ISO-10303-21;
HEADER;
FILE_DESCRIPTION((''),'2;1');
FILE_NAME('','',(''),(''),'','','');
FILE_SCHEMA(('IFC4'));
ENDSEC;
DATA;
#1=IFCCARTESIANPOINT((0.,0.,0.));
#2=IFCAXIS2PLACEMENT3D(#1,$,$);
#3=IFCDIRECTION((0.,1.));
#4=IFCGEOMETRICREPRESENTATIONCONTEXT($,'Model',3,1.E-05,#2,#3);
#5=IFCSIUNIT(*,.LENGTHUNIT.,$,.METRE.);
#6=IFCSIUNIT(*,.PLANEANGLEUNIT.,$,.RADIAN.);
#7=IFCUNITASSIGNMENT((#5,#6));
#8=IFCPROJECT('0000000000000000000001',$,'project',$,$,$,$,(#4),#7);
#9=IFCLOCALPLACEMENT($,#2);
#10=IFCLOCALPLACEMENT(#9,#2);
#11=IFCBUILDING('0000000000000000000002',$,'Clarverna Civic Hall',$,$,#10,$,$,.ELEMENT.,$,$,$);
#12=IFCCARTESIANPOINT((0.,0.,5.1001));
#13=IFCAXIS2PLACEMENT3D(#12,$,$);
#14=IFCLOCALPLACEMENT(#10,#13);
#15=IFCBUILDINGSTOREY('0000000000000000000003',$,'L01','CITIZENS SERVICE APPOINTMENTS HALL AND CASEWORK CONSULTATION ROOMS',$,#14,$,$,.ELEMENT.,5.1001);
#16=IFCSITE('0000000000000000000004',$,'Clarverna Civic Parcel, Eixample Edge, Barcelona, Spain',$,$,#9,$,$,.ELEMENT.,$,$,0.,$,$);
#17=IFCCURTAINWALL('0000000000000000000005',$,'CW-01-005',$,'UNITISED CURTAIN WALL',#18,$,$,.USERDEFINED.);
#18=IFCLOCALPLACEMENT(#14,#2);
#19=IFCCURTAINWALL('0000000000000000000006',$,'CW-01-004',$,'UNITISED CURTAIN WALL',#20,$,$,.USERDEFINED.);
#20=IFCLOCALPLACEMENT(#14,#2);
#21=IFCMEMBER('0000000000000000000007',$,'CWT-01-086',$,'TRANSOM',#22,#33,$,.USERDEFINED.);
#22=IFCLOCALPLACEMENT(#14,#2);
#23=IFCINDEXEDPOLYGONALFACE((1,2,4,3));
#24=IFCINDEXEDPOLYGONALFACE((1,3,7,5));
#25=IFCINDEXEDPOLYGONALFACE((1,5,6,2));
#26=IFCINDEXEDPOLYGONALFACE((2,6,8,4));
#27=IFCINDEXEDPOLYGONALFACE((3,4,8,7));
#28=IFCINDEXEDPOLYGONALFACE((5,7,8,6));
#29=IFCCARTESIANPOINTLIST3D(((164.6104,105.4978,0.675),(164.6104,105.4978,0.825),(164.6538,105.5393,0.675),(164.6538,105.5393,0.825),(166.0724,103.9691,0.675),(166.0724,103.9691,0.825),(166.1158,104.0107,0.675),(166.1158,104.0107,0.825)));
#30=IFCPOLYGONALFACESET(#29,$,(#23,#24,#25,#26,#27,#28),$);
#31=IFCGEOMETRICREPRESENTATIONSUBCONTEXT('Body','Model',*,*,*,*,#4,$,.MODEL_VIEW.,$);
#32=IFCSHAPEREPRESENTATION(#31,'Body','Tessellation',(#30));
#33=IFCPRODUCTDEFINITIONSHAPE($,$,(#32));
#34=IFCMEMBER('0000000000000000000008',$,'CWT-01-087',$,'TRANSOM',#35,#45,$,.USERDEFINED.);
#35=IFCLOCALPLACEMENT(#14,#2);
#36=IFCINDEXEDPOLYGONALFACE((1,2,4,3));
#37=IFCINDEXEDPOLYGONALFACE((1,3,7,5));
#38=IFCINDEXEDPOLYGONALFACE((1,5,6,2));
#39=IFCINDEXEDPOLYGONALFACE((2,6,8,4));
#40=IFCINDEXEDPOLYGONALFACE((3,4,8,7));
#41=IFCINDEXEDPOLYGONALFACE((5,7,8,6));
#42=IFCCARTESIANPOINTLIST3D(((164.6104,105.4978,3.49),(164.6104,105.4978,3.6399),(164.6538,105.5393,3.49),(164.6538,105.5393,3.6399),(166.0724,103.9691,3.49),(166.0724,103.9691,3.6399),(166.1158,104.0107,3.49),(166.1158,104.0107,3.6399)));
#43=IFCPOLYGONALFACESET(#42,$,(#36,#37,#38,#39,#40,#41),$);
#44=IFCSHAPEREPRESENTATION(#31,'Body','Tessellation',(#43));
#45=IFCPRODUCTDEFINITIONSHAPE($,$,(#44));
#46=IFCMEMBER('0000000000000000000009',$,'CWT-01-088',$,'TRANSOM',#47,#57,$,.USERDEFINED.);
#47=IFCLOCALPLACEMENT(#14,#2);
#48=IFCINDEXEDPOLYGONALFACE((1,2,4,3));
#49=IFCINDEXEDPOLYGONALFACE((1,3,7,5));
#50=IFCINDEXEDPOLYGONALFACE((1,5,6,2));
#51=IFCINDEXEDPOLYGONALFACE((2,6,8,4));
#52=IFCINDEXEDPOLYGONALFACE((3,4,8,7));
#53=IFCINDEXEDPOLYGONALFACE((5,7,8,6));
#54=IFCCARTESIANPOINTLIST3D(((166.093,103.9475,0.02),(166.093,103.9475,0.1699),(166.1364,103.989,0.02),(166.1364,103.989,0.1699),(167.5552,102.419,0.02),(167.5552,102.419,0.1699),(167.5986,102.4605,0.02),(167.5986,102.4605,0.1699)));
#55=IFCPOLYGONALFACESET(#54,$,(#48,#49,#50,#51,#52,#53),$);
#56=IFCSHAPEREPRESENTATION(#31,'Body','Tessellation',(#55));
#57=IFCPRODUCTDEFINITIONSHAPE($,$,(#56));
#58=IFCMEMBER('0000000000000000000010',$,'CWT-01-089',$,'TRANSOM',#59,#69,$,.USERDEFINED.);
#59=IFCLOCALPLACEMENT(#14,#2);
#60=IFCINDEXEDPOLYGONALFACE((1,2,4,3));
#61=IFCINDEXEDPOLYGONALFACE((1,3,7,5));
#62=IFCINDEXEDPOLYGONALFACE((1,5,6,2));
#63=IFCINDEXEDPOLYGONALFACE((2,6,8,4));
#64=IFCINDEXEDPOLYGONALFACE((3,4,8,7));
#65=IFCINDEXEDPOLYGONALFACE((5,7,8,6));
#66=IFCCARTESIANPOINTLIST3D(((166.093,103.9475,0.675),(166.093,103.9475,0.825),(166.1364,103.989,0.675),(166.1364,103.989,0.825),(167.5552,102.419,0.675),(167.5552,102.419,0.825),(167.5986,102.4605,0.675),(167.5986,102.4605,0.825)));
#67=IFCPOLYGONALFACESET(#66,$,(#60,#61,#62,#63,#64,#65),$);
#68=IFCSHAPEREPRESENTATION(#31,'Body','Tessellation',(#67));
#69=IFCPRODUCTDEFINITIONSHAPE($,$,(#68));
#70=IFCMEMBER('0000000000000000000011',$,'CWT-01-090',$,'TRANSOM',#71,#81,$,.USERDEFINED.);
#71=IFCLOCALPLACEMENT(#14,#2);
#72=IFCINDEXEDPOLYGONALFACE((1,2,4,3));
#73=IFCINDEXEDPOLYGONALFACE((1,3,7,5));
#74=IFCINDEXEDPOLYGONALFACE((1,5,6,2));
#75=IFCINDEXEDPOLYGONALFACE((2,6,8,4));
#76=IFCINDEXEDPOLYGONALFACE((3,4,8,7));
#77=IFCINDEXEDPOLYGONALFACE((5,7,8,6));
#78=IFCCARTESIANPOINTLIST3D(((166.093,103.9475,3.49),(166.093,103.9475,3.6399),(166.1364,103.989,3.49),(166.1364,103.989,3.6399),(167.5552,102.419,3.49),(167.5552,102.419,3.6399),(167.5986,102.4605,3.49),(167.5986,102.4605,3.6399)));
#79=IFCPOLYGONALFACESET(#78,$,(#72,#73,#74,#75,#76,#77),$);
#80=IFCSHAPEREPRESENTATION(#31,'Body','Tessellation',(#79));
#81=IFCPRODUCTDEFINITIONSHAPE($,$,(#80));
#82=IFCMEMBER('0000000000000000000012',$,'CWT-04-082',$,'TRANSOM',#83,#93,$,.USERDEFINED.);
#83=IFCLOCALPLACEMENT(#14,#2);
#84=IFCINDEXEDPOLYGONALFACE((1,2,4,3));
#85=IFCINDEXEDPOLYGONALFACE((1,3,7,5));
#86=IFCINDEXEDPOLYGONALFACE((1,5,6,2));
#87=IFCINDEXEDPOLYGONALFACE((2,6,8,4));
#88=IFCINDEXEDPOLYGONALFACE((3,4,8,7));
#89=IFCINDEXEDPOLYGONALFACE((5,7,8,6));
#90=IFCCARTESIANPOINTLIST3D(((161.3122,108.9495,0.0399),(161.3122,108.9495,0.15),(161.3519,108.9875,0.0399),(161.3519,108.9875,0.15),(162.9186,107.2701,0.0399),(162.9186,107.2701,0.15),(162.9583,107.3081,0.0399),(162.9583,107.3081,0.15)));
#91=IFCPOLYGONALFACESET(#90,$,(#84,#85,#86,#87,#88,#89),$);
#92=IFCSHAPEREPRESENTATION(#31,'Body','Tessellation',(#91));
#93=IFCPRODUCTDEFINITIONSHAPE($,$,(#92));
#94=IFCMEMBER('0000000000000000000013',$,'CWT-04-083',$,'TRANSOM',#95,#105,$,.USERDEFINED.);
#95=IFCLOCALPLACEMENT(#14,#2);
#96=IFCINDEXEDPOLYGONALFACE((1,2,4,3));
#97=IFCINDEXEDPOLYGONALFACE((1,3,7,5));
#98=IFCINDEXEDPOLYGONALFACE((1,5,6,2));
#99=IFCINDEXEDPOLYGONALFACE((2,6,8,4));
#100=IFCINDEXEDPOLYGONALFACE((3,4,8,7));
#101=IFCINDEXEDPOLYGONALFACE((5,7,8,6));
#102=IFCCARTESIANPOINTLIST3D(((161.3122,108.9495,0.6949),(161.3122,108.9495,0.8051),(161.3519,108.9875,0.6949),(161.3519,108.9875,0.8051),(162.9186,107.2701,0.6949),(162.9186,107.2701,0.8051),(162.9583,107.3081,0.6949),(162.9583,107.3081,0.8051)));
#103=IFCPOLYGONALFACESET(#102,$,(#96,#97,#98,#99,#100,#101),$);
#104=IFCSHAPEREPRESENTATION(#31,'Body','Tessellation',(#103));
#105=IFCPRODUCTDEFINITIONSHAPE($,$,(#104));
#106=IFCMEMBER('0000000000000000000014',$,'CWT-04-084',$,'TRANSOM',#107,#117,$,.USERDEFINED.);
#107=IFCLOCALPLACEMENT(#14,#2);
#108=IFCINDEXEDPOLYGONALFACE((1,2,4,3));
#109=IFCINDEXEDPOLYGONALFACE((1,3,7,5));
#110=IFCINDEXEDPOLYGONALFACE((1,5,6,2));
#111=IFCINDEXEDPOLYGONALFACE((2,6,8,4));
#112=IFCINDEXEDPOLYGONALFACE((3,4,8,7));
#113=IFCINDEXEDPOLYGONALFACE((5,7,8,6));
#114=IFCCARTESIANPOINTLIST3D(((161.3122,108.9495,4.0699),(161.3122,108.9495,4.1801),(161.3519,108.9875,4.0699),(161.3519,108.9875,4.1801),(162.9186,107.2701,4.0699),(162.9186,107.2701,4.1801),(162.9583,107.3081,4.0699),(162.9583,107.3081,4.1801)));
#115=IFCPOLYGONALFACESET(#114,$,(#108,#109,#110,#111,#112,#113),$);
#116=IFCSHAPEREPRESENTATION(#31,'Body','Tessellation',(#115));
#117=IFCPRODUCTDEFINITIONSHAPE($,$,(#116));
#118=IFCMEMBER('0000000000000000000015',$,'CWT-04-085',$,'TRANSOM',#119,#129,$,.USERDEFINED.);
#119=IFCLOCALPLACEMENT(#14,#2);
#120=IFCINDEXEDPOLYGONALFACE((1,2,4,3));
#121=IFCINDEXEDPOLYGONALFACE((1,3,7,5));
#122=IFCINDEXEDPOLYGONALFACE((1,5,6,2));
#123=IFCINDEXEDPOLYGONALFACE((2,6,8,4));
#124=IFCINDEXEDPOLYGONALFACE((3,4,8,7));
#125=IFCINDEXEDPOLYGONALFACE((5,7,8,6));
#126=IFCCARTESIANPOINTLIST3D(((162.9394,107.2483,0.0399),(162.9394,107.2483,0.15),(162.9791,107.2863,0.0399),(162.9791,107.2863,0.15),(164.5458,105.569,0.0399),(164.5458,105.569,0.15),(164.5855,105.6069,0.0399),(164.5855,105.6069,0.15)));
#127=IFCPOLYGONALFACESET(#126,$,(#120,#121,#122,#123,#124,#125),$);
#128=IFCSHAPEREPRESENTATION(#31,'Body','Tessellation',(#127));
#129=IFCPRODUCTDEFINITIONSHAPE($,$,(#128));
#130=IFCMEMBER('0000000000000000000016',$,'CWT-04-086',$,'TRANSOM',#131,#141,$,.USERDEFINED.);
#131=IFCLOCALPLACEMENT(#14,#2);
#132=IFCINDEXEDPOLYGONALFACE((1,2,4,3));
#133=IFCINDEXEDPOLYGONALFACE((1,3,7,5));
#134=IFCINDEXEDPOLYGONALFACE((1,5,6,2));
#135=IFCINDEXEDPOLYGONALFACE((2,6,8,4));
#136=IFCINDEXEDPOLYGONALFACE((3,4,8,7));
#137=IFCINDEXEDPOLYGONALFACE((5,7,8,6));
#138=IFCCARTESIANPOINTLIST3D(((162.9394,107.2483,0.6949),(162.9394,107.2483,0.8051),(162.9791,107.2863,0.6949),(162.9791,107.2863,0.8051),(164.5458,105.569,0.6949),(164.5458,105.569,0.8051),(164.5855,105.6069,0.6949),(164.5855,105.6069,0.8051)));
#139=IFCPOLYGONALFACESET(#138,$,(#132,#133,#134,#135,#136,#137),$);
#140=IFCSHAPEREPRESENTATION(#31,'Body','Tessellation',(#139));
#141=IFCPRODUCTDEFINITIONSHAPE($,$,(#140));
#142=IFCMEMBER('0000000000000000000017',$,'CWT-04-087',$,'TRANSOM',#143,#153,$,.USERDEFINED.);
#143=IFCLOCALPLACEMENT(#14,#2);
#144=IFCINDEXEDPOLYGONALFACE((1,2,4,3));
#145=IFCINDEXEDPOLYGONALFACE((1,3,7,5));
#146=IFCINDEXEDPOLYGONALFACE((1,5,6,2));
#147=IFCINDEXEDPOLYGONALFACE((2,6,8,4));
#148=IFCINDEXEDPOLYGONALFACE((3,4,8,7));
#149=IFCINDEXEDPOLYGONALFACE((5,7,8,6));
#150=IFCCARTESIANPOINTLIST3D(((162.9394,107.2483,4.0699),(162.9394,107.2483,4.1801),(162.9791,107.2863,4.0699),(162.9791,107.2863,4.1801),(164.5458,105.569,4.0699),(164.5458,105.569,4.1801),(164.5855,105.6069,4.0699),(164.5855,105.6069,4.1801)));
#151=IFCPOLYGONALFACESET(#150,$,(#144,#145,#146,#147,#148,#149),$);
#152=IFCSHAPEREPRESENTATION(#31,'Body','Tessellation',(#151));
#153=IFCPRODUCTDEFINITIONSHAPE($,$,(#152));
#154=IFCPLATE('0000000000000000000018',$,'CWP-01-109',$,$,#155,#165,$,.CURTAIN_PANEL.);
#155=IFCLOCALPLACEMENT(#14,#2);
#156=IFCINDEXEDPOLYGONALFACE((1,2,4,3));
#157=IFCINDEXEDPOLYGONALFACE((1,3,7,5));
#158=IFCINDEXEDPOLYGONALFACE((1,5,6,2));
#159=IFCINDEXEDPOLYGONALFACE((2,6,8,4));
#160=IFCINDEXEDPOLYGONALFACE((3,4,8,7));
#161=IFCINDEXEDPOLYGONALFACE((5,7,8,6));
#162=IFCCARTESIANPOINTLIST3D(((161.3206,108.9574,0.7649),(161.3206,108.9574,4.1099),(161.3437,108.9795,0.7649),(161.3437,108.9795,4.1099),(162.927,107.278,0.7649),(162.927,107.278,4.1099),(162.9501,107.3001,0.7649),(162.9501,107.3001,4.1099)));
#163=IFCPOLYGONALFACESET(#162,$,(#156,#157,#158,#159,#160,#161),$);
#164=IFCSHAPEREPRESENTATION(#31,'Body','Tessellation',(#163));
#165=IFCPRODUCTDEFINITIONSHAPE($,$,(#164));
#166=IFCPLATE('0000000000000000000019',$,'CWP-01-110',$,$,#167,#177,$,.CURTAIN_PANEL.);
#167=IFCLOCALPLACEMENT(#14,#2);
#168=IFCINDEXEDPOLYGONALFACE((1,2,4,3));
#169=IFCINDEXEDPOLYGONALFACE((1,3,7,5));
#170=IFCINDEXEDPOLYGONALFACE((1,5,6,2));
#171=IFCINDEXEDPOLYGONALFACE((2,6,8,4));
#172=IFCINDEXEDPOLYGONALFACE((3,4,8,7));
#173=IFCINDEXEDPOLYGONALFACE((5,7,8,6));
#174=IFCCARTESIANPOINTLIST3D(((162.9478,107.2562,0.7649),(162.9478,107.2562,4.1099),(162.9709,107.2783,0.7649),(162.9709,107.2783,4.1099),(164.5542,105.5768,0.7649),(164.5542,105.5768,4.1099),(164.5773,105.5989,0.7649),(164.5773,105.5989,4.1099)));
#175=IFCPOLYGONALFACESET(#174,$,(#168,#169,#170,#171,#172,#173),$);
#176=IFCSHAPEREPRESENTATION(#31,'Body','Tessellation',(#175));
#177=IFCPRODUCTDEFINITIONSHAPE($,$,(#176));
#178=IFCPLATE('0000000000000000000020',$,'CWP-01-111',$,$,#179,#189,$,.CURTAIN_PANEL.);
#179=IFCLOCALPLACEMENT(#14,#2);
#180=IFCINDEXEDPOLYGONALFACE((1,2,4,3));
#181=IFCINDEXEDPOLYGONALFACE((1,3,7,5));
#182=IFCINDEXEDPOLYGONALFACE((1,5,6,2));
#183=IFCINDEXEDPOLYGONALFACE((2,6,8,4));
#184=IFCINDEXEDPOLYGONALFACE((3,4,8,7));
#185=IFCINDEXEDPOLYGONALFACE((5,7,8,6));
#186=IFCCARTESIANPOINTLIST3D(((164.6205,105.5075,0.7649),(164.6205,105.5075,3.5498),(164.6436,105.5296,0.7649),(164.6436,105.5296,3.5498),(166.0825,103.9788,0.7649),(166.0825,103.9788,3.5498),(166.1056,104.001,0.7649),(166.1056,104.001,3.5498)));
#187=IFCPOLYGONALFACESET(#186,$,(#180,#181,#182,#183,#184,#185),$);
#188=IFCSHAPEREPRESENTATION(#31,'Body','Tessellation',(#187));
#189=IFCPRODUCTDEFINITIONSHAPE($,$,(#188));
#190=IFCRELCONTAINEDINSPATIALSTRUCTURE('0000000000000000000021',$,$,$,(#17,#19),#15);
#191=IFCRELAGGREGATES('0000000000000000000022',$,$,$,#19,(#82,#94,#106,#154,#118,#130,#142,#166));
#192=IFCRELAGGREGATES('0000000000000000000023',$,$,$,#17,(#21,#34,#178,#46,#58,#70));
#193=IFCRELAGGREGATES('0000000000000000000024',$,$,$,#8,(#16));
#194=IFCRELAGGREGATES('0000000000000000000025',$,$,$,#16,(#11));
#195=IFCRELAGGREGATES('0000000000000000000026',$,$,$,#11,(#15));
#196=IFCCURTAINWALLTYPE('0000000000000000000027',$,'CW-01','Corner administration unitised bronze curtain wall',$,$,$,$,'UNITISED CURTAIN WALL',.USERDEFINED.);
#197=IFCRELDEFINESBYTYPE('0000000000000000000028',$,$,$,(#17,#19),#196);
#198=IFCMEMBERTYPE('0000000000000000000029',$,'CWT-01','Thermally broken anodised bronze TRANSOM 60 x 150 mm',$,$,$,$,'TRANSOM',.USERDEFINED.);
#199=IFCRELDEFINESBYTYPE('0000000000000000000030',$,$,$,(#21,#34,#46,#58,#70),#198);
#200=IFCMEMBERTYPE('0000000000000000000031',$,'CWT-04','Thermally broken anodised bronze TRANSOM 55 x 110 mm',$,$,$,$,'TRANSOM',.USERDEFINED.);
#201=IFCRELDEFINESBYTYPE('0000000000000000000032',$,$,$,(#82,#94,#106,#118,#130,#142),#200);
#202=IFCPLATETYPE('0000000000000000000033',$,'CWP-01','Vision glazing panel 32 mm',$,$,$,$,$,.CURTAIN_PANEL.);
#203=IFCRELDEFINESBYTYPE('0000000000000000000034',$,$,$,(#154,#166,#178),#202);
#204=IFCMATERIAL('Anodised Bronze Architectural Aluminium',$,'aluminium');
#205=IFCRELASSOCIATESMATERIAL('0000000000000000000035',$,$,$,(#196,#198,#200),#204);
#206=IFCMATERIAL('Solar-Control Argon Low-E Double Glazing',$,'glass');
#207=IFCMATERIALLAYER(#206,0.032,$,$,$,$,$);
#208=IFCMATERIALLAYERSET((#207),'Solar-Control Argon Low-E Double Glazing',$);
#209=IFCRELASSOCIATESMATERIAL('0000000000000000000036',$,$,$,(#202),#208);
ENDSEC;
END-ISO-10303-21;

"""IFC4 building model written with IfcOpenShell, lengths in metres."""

from ifc_helpers import new_model, si_unit, direction, frame, frame_2d, origin, origin_2d, place, context, subcontext, project, spatial, rectangle, extrude, material, layer, layer_set, material_profile, profile_set, type_object, element, aggregate, save


model = new_model("IFC4")

# Units and contexts
model_context = context("Model", 3, precision=1e-05, world=origin(), true_north=direction((0.0, 1.0)))
body_context = subcontext(model_context, "Body", "Model", "MODEL_VIEW")
ifc_project = project(units=[si_unit("LENGTHUNIT", "METRE"), si_unit("PLANEANGLEUNIT", "RADIAN")], contexts=[model_context])

# Site, building, storey
site_placement = place(None, origin())
site = spatial("IfcSite", under=ifc_project, at=site_placement, Name="Clarverna Civic Parcel, Eixample Edge, Barcelona, Spain", CompositionType="ELEMENT", RefElevation=0.0)
building_placement = place(site_placement, origin())
building = spatial("IfcBuilding", under=site, at=building_placement, Name="Clarverna Civic Hall", CompositionType="ELEMENT")
storey_placement = place(building_placement, frame((0.0, 0.0, 5.1001)))
storey = spatial("IfcBuildingStorey", under=building, at=storey_placement, Name="L01", Description="CITIZENS SERVICE APPOINTMENTS HALL AND CASEWORK CONSULTATION ROOMS", CompositionType="ELEMENT", Elevation=5.1001)

# Curtain wall
ifc_material_1 = material(Name="Anodised Bronze Architectural Aluminium", Category="aluminium")
curtain_wall_type = type_object("IfcCurtainWallType", Name="CW-01", Description="Corner administration unitised bronze curtain wall", ElementType="UNITISED CURTAIN WALL", PredefinedType="USERDEFINED", material=ifc_material_1)
curtain_wall_1_placement = place(storey_placement, origin())
curtain_wall_1 = element("IfcCurtainWall", 1, at=curtain_wall_1_placement, inside=storey, type_object=curtain_wall_type, Name="CW-01-005", ObjectType="UNITISED CURTAIN WALL", PredefinedType="USERDEFINED")

# Curtain wall
curtain_wall_2_placement = place(storey_placement, origin())
curtain_wall_2 = element("IfcCurtainWall", 2, at=curtain_wall_2_placement, inside=storey, type_object=curtain_wall_type, Name="CW-01-004", ObjectType="UNITISED CURTAIN WALL", PredefinedType="USERDEFINED")

# Members
ifc_material_profile_1 = material_profile(ifc_material_1, rectangle(XDim=0.0601, YDim=0.1499, at=origin_2d()), Name="BRONZE 60x150")
ifc_profile_set_1 = profile_set([ifc_material_profile_1], Name="Anodised Bronze Architectural Aluminium")
member_type_1 = type_object("IfcMemberType", Name="CWT-01", Description="Thermally broken anodised bronze TRANSOM 60 x 150 mm", ElementType="TRANSOM", PredefinedType="USERDEFINED", material=ifc_profile_set_1)
member_1_placement = place(storey_placement, frame((164.6321, 105.5186, 0.75), z_axis=(0.691175, -0.722687, 0.0), x_axis=(0.722687, 0.691175, 0.0)))
member_1 = element("IfcMember", 3, at=member_1_placement, type_object=member_type_1, Name="CWT-01-086", ObjectType="TRANSOM", PredefinedType="USERDEFINED", context=body_context, shape_type="SweptSolid", body=[
    extrude(rectangle(XDim=0.0601, YDim=0.1499, at=origin_2d()), origin(), (0.0, 0.0, 1.0), 2.1152),
])
member_2_placement = place(storey_placement, frame((164.6321, 105.5186, 3.5649), z_axis=(0.691175, -0.722687, 0.0), x_axis=(0.722687, 0.691175, 0.0)))
member_2 = element("IfcMember", 4, at=member_2_placement, type_object=member_type_1, Name="CWT-01-087", ObjectType="TRANSOM", PredefinedType="USERDEFINED", context=body_context, shape_type="SweptSolid", body=[
    extrude(rectangle(XDim=0.0601, YDim=0.1499, at=origin_2d()), origin(), (0.0, 0.0, 1.0), 2.1152),
])
member_3_placement = place(storey_placement, frame((166.1147, 103.9683, 0.095), z_axis=(0.691236, -0.722629, 0.0), x_axis=(0.722629, 0.691236, 0.0)))
member_3 = element("IfcMember", 5, at=member_3_placement, type_object=member_type_1, Name="CWT-01-088", ObjectType="TRANSOM", PredefinedType="USERDEFINED", context=body_context, shape_type="SweptSolid", body=[
    extrude(rectangle(XDim=0.0601, YDim=0.1499, at=origin_2d()), origin(), (0.0, 0.0, 1.0), 2.1152),
])
member_4_placement = place(storey_placement, frame((166.1147, 103.9683, 0.75), z_axis=(0.691236, -0.722629, 0.0), x_axis=(0.722629, 0.691236, 0.0)))
member_4 = element("IfcMember", 6, at=member_4_placement, type_object=member_type_1, Name="CWT-01-089", ObjectType="TRANSOM", PredefinedType="USERDEFINED", context=body_context, shape_type="SweptSolid", body=[
    extrude(rectangle(XDim=0.0601, YDim=0.1499, at=origin_2d()), origin(), (0.0, 0.0, 1.0), 2.1152),
])
member_5_placement = place(storey_placement, frame((166.1147, 103.9683, 3.5649), z_axis=(0.691236, -0.722629, 0.0), x_axis=(0.722629, 0.691236, 0.0)))
member_5 = element("IfcMember", 7, at=member_5_placement, type_object=member_type_1, Name="CWT-01-090", ObjectType="TRANSOM", PredefinedType="USERDEFINED", context=body_context, shape_type="SweptSolid", body=[
    extrude(rectangle(XDim=0.0601, YDim=0.1499, at=origin_2d()), origin(), (0.0, 0.0, 1.0), 2.1152),
])
ifc_material_profile_2 = material_profile(ifc_material_1, rectangle(XDim=0.0549, YDim=0.1101, at=origin_2d()), Name="BRONZE 55x110")
ifc_profile_set_2 = profile_set([ifc_material_profile_2], Name="Anodised Bronze Architectural Aluminium")
member_type_2 = type_object("IfcMemberType", Name="CWT-04", Description="Thermally broken anodised bronze TRANSOM 55 x 110 mm", ElementType="TRANSOM", PredefinedType="USERDEFINED", material=ifc_profile_set_2)
member_6_placement = place(storey_placement, frame((161.332, 108.9685, 0.095), z_axis=(0.691227, -0.722637, 0.0), x_axis=(0.722637, 0.691227, 0.0)))
member_6 = element("IfcMember", 8, at=member_6_placement, type_object=member_type_2, Name="CWT-04-082", ObjectType="TRANSOM", PredefinedType="USERDEFINED", context=body_context, shape_type="SweptSolid", body=[
    extrude(rectangle(XDim=0.0549, YDim=0.1101, at=origin_2d()), origin(), (0.0, 0.0, 1.0), 2.324),
])
member_7_placement = place(storey_placement, frame((161.332, 108.9685, 0.75), z_axis=(0.691227, -0.722637, 0.0), x_axis=(0.722637, 0.691227, 0.0)))
member_7 = element("IfcMember", 9, at=member_7_placement, type_object=member_type_2, Name="CWT-04-083", ObjectType="TRANSOM", PredefinedType="USERDEFINED", context=body_context, shape_type="SweptSolid", body=[
    extrude(rectangle(XDim=0.0549, YDim=0.1101, at=origin_2d()), origin(), (0.0, 0.0, 1.0), 2.324),
])
member_8_placement = place(storey_placement, frame((161.332, 108.9685, 4.125), z_axis=(0.691227, -0.722637, 0.0), x_axis=(0.722637, 0.691227, 0.0)))
member_8 = element("IfcMember", 10, at=member_8_placement, type_object=member_type_2, Name="CWT-04-084", ObjectType="TRANSOM", PredefinedType="USERDEFINED", context=body_context, shape_type="SweptSolid", body=[
    extrude(rectangle(XDim=0.0549, YDim=0.1101, at=origin_2d()), origin(), (0.0, 0.0, 1.0), 2.324),
])
member_9_placement = place(storey_placement, frame((162.9592, 107.2673, 0.095), z_axis=(0.691227, -0.722637, 0.0), x_axis=(0.722637, 0.691227, 0.0)))
member_9 = element("IfcMember", 11, at=member_9_placement, type_object=member_type_2, Name="CWT-04-085", ObjectType="TRANSOM", PredefinedType="USERDEFINED", context=body_context, shape_type="SweptSolid", body=[
    extrude(rectangle(XDim=0.0549, YDim=0.1101, at=origin_2d()), origin(), (0.0, 0.0, 1.0), 2.324),
])
member_10_placement = place(storey_placement, frame((162.9592, 107.2673, 0.75), z_axis=(0.691227, -0.722637, 0.0), x_axis=(0.722637, 0.691227, 0.0)))
member_10 = element("IfcMember", 12, at=member_10_placement, type_object=member_type_2, Name="CWT-04-086", ObjectType="TRANSOM", PredefinedType="USERDEFINED", context=body_context, shape_type="SweptSolid", body=[
    extrude(rectangle(XDim=0.0549, YDim=0.1101, at=origin_2d()), origin(), (0.0, 0.0, 1.0), 2.324),
])
member_11_placement = place(storey_placement, frame((162.9592, 107.2673, 4.125), z_axis=(0.691227, -0.722637, 0.0), x_axis=(0.722637, 0.691227, 0.0)))
member_11 = element("IfcMember", 13, at=member_11_placement, type_object=member_type_2, Name="CWT-04-087", ObjectType="TRANSOM", PredefinedType="USERDEFINED", context=body_context, shape_type="SweptSolid", body=[
    extrude(rectangle(XDim=0.0549, YDim=0.1101, at=origin_2d()), origin(), (0.0, 0.0, 1.0), 2.324),
])

# Plates
ifc_material_2 = material(Name="Solar-Control Argon Low-E Double Glazing", Category="glass")
ifc_layer_1 = layer(ifc_material_2, 0.032)
ifc_layer_set_1 = layer_set([ifc_layer_1], Name="Solar-Control Argon Low-E Double Glazing")
plate_type_1 = type_object("IfcPlateType", Name="CWP-01", Description="Vision glazing panel 32 mm", PredefinedType="CURTAIN_PANEL", material=ifc_layer_set_1)
plate_1_placement = place(storey_placement, frame((161.332, 108.9685, 0.7649), z_axis=(0.0, 0.0, 1.0), x_axis=(0.691227, -0.722637, 0.0)))
plate_1 = element("IfcPlate", 14, at=plate_1_placement, type_object=plate_type_1, Name="CWP-01-109", PredefinedType="CURTAIN_PANEL", context=body_context, shape_type="SweptSolid", body=[
    extrude(rectangle(XDim=2.324, YDim=0.032, at=frame_2d((1.1621, 0.0))), origin(), (0.0, 0.0, 1.0), 3.345),
])
plate_2_placement = place(storey_placement, frame((162.9592, 107.2673, 0.7649), z_axis=(0.0, 0.0, 1.0), x_axis=(0.691227, -0.722637, 0.0)))
plate_2 = element("IfcPlate", 15, at=plate_2_placement, type_object=plate_type_1, Name="CWP-01-110", PredefinedType="CURTAIN_PANEL", context=body_context, shape_type="SweptSolid", body=[
    extrude(rectangle(XDim=2.324, YDim=0.032, at=frame_2d((1.1621, 0.0))), origin(), (0.0, 0.0, 1.0), 3.345),
])
plate_3_placement = place(storey_placement, frame((164.6321, 105.5186, 0.7649), z_axis=(0.0, 0.0, 1.0), x_axis=(0.691175, -0.722687, 0.0)))
plate_3 = element("IfcPlate", 16, at=plate_3_placement, type_object=plate_type_1, Name="CWP-01-111", PredefinedType="CURTAIN_PANEL", context=body_context, shape_type="SweptSolid", body=[
    extrude(rectangle(XDim=2.1152, YDim=0.032, at=frame_2d((1.0576, 0.0))), origin(), (0.0, 0.0, 1.0), 2.7849),
])
aggregate(curtain_wall_2, [member_6, member_7, member_8, plate_1, member_9, member_10, member_11, plate_2])
aggregate(curtain_wall_1, [member_1, member_2, plate_3, member_3, member_4, member_5])

save(model, "model.ifc")
